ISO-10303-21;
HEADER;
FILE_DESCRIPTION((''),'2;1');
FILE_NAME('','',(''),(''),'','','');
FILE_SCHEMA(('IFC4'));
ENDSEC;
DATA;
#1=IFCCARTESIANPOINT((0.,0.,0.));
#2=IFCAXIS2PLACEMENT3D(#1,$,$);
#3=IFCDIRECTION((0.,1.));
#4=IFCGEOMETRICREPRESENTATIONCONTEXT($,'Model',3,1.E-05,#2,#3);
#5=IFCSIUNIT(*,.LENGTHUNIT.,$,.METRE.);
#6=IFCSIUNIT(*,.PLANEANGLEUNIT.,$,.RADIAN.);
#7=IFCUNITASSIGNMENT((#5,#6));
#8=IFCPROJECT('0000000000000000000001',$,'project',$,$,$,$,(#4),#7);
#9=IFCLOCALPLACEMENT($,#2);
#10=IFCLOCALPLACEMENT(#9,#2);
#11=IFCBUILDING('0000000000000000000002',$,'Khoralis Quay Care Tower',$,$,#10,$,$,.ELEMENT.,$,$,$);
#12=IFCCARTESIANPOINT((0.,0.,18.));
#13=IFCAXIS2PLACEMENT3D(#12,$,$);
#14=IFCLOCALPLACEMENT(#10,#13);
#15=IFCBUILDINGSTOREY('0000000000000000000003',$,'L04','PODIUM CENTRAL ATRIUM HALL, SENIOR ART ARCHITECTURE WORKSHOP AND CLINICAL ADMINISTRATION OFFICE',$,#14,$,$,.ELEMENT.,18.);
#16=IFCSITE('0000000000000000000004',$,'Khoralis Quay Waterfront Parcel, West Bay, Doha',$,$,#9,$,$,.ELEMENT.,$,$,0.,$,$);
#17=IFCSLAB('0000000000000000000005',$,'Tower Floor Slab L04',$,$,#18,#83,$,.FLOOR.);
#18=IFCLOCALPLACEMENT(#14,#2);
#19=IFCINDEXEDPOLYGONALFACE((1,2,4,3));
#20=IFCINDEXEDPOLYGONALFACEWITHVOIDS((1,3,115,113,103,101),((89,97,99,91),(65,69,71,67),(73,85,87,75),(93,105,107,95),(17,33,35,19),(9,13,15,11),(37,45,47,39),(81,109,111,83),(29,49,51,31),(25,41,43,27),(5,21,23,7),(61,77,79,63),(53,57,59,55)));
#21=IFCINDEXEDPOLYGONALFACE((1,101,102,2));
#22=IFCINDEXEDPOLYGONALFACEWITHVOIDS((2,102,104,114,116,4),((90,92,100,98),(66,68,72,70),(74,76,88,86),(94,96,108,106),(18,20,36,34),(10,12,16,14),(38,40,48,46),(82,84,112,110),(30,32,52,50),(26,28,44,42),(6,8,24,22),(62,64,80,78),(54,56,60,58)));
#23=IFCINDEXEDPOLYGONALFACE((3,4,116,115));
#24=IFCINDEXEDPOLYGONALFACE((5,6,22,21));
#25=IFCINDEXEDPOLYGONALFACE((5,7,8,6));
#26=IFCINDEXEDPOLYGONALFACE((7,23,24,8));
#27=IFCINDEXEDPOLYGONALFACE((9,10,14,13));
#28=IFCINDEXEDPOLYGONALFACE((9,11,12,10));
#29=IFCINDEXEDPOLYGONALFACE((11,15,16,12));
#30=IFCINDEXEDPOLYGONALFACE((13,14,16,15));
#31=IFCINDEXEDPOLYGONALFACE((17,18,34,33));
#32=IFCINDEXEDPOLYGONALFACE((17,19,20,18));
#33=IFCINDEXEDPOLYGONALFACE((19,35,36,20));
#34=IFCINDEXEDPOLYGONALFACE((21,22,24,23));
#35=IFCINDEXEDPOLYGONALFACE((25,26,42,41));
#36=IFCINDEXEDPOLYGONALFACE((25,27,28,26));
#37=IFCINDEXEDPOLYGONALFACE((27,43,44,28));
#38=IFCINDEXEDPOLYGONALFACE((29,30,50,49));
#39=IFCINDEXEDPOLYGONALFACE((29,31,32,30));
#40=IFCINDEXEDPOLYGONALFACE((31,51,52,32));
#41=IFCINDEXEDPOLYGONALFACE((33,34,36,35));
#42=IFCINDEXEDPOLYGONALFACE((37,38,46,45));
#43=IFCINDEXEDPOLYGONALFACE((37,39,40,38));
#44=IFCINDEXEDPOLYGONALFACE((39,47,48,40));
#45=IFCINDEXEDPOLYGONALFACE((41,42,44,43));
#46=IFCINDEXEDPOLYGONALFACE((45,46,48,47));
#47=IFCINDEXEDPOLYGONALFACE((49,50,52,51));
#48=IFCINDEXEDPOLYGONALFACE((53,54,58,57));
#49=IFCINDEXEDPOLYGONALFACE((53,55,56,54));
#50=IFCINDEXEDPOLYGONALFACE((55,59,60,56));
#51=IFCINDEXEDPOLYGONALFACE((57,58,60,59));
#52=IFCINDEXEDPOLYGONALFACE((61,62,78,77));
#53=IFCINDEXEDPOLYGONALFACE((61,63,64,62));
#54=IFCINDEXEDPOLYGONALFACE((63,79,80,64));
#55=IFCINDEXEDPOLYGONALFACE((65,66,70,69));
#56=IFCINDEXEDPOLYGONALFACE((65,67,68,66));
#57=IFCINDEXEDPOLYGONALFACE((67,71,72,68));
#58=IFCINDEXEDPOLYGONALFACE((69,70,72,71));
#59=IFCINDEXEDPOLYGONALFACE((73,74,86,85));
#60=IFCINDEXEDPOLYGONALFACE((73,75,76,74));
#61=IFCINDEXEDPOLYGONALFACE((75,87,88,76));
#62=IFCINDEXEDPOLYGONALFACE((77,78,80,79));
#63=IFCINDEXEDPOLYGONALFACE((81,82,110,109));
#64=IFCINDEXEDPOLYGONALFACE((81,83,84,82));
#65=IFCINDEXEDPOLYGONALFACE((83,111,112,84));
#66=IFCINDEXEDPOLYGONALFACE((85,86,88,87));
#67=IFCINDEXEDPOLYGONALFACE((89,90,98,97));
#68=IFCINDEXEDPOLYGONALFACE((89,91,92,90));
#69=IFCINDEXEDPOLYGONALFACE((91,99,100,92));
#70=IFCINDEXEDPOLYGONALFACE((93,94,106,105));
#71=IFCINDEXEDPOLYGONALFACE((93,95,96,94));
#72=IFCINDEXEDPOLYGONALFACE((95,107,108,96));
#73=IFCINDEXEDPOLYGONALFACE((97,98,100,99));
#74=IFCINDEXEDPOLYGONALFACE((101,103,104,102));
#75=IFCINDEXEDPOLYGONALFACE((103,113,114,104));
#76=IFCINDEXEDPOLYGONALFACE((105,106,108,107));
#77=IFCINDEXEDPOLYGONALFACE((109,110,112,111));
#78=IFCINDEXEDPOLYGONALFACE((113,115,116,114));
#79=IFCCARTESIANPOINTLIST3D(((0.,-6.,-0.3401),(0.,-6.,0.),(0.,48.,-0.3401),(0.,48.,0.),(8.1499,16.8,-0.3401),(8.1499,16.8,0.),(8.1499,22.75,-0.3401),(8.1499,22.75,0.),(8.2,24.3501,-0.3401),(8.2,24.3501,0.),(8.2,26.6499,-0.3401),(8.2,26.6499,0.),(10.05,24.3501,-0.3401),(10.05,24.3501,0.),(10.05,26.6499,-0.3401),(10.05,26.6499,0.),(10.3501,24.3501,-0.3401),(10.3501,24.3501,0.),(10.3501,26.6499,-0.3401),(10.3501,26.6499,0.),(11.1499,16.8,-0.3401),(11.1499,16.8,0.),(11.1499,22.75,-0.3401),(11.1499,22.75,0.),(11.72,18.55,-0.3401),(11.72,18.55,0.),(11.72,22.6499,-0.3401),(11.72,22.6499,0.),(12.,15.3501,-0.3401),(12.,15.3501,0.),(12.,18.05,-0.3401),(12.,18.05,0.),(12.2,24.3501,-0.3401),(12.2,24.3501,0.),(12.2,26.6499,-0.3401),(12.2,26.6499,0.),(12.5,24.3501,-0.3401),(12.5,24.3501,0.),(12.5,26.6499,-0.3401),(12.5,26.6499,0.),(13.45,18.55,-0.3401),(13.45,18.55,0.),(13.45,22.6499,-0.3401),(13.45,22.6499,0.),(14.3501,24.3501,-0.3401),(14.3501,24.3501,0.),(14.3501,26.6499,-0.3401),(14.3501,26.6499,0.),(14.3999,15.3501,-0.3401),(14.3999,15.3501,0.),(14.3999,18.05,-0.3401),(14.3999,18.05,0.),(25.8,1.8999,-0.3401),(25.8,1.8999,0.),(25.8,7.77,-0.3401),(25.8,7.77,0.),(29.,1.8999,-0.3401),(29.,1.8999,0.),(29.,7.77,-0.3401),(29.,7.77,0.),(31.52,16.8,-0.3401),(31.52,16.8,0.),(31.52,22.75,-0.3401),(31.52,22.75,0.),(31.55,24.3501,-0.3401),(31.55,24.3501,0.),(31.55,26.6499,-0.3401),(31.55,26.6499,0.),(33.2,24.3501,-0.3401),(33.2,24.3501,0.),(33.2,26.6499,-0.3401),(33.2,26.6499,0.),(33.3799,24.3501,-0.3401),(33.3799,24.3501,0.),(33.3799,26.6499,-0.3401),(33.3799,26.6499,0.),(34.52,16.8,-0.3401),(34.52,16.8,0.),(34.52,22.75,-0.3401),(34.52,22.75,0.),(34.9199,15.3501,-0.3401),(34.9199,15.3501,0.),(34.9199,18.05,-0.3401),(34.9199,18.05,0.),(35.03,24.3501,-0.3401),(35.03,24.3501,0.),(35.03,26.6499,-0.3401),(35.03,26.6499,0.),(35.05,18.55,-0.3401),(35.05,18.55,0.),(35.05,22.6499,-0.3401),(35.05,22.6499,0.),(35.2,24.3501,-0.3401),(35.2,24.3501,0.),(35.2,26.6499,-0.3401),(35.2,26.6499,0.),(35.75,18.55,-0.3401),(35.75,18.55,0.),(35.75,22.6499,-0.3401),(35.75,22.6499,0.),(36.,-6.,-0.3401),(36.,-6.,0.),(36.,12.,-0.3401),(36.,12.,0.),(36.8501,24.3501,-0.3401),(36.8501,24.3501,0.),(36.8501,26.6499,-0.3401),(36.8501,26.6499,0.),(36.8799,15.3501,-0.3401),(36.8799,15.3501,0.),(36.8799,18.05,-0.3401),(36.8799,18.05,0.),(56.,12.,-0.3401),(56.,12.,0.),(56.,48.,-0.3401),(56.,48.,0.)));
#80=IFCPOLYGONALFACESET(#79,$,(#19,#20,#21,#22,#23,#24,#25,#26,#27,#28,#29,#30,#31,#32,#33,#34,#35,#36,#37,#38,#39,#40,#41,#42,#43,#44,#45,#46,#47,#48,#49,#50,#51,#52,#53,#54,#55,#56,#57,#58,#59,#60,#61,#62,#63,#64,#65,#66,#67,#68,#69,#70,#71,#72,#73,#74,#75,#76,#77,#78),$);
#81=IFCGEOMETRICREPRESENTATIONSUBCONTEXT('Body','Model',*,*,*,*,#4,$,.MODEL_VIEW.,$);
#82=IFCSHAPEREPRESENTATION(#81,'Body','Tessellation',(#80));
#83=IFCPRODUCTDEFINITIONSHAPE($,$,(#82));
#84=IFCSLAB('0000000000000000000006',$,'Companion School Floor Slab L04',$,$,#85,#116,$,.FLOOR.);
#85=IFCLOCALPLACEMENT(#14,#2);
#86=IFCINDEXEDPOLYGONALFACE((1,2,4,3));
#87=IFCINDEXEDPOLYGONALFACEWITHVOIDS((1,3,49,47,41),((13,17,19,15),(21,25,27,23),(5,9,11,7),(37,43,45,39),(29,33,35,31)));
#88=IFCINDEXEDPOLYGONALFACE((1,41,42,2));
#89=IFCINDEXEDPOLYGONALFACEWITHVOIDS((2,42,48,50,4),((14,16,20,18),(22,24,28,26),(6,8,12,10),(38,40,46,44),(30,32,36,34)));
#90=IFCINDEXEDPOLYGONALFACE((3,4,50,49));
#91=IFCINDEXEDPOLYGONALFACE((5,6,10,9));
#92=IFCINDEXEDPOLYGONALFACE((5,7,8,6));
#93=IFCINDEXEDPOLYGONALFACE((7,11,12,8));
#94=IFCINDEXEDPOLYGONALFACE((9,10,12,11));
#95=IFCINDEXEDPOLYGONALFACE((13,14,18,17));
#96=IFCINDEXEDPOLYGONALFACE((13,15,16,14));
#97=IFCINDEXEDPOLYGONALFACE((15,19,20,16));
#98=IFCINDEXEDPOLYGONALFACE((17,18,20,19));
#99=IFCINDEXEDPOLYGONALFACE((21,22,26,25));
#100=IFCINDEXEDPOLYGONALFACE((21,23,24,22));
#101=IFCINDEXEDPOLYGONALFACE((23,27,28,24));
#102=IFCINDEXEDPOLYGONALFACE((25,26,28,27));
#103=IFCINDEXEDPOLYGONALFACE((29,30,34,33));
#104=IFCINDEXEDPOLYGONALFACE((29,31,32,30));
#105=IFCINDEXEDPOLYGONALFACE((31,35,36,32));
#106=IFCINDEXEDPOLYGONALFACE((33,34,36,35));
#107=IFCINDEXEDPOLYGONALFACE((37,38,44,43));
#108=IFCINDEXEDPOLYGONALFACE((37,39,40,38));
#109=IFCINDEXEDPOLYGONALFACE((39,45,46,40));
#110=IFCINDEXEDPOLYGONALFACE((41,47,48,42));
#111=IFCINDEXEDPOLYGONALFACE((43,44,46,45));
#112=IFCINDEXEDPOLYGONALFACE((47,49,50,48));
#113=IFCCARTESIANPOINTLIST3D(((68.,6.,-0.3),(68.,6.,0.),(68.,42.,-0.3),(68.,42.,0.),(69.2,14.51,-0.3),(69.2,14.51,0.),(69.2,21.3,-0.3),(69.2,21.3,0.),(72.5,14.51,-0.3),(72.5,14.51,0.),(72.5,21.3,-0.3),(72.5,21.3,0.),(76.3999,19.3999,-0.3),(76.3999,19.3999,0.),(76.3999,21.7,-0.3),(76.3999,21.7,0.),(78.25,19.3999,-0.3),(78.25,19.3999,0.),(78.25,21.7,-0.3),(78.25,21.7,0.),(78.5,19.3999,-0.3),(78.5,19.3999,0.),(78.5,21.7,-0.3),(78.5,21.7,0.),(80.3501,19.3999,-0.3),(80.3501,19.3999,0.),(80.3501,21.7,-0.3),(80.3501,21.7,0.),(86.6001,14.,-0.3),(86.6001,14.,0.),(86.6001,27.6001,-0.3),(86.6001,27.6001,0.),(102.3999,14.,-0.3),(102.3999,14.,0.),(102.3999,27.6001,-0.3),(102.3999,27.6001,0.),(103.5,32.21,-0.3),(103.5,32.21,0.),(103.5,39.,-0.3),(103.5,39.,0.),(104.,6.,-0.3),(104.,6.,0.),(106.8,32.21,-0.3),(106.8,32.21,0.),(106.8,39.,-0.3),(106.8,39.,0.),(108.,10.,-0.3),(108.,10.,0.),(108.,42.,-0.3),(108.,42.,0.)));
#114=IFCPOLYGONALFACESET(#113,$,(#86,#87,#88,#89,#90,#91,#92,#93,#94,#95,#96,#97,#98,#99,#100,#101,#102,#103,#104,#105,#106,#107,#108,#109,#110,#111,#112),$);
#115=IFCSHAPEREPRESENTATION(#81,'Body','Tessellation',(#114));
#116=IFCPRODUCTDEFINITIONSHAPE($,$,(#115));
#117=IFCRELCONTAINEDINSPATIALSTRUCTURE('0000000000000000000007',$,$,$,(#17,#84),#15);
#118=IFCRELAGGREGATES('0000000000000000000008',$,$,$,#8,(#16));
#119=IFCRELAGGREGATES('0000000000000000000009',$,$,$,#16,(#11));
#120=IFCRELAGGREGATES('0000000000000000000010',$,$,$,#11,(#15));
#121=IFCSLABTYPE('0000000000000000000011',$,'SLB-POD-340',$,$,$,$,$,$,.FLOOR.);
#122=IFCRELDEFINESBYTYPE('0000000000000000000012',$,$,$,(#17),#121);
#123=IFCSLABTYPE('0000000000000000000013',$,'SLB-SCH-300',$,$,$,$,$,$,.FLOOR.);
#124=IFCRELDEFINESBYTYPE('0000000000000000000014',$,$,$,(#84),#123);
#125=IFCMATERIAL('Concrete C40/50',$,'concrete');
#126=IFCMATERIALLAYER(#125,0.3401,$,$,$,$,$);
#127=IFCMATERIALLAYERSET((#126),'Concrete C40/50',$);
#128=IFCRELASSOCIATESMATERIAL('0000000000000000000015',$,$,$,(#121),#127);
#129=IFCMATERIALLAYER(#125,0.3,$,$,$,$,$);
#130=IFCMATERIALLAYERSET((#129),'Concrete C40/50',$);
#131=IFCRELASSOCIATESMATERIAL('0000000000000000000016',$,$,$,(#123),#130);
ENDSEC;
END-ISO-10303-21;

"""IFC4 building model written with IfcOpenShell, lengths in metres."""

from ifc_helpers import new_model, si_unit, direction, frame, origin, place, context, subcontext, project, spatial, polyline, outline, extrude, material, layer, layer_set, type_object, element, save


model = new_model("IFC4")

# Units and contexts
model_context = context("Model", 3, precision=1e-05, world=origin(), true_north=direction((0.0, 1.0)))
body_context = subcontext(model_context, "Body", "Model", "MODEL_VIEW")
ifc_project = project(units=[si_unit("LENGTHUNIT", "METRE"), si_unit("PLANEANGLEUNIT", "RADIAN")], contexts=[model_context])

# Site, building, storey
site_placement = place(None, origin())
site = spatial("IfcSite", under=ifc_project, at=site_placement, Name="Khoralis Quay Waterfront Parcel, West Bay, Doha", CompositionType="ELEMENT", RefElevation=0.0)
building_placement = place(site_placement, origin())
building = spatial("IfcBuilding", under=site, at=building_placement, Name="Khoralis Quay Care Tower", CompositionType="ELEMENT")
storey_placement = place(building_placement, frame((0.0, 0.0, 18.0)))
storey = spatial("IfcBuildingStorey", under=building, at=storey_placement, Name="L04", Description="PODIUM CENTRAL ATRIUM HALL, SENIOR ART ARCHITECTURE WORKSHOP AND CLINICAL ADMINISTRATION OFFICE", CompositionType="ELEMENT", Elevation=18.0)

# Slabs
ifc_material_1 = material(Name="Concrete C40/50", Category="concrete")
ifc_layer_1 = layer(ifc_material_1, 0.3401)
ifc_layer_set_1 = layer_set([ifc_layer_1], Name="Concrete C40/50")
slab_type_1 = type_object("IfcSlabType", Name="SLB-POD-340", PredefinedType="FLOOR", material=ifc_layer_set_1)
slab_1_placement = place(storey_placement, frame((0.0, 0.0, -0.3401)))
element("IfcSlab", 1, at=slab_1_placement, inside=storey, type_object=slab_type_1, Name="Tower Floor Slab L04", PredefinedType="FLOOR", context=body_context, shape_type="SweptSolid", body=[
    extrude(outline(polyline([(0.0, -6.0), (36.0, -6.0), (36.0, 12.0), (56.0, 12.0), (56.0, 48.0), (0.0, 48.0), (0.0, -6.0)]), holes=[polyline([(11.1499, 16.8), (11.1499, 22.75), (8.1499, 22.75), (8.1499, 16.8), (11.1499, 16.8)]), polyline([(34.52, 16.8), (34.52, 22.75), (31.52, 22.75), (31.52, 16.8), (34.52, 16.8)]), polyline([(25.8, 7.77), (25.8, 1.8999), (29.0, 1.8999), (29.0, 7.77), (25.8, 7.77)]), polyline([(12.0, 15.3501), (14.3999, 15.3501), (14.3999, 18.05), (12.0, 18.05), (12.0, 15.3501)]), polyline([(34.9199, 15.3501), (36.8799, 15.3501), (36.8799, 18.05), (34.9199, 18.05), (34.9199, 15.3501)]), polyline([(8.2, 24.3501), (10.05, 24.3501), (10.05, 26.6499), (8.2, 26.6499), (8.2, 24.3501)]), polyline([(31.55, 24.3501), (33.2, 24.3501), (33.2, 26.6499), (31.55, 26.6499), (31.55, 24.3501)]), polyline([(10.3501, 24.3501), (12.2, 24.3501), (12.2, 26.6499), (10.3501, 26.6499), (10.3501, 24.3501)]), polyline([(33.3799, 24.3501), (35.03, 24.3501), (35.03, 26.6499), (33.3799, 26.6499), (33.3799, 24.3501)]), polyline([(12.5, 24.3501), (14.3501, 24.3501), (14.3501, 26.6499), (12.5, 26.6499), (12.5, 24.3501)]), polyline([(35.2, 24.3501), (36.8501, 24.3501), (36.8501, 26.6499), (35.2, 26.6499), (35.2, 24.3501)]), polyline([(11.72, 18.55), (13.45, 18.55), (13.45, 22.6499), (11.72, 22.6499), (11.72, 18.55)]), polyline([(35.05, 18.55), (35.75, 18.55), (35.75, 22.6499), (35.05, 22.6499), (35.05, 18.55)])]), origin(), (0.0, 0.0, 1.0), 0.3401),
])
ifc_layer_2 = layer(ifc_material_1, 0.3)
ifc_layer_set_2 = layer_set([ifc_layer_2], Name="Concrete C40/50")
slab_type_2 = type_object("IfcSlabType", Name="SLB-SCH-300", PredefinedType="FLOOR", material=ifc_layer_set_2)
slab_2_placement = place(storey_placement, frame((0.0, 0.0, -0.3)))
element("IfcSlab", 2, at=slab_2_placement, inside=storey, type_object=slab_type_2, Name="Companion School Floor Slab L04", PredefinedType="FLOOR", context=body_context, shape_type="SweptSolid", body=[
    extrude(outline(polyline([(68.0, 6.0), (104.0, 6.0), (108.0, 10.0), (108.0, 42.0), (68.0, 42.0), (68.0, 6.0)]), holes=[polyline([(72.5, 14.51), (72.5, 21.3), (69.2, 21.3), (69.2, 14.51), (72.5, 14.51)]), polyline([(106.8, 32.21), (106.8, 39.0), (103.5, 39.0), (103.5, 32.21), (106.8, 32.21)]), polyline([(76.3999, 19.3999), (78.25, 19.3999), (78.25, 21.7), (76.3999, 21.7), (76.3999, 19.3999)]), polyline([(78.5, 19.3999), (80.3501, 19.3999), (80.3501, 21.7), (78.5, 21.7), (78.5, 19.3999)]), polyline([(86.6001, 14.0), (102.3999, 14.0), (102.3999, 27.6001), (86.6001, 27.6001), (86.6001, 14.0)])]), origin(), (0.0, 0.0, 1.0), 0.3),
])

save(model, "model.ifc")
